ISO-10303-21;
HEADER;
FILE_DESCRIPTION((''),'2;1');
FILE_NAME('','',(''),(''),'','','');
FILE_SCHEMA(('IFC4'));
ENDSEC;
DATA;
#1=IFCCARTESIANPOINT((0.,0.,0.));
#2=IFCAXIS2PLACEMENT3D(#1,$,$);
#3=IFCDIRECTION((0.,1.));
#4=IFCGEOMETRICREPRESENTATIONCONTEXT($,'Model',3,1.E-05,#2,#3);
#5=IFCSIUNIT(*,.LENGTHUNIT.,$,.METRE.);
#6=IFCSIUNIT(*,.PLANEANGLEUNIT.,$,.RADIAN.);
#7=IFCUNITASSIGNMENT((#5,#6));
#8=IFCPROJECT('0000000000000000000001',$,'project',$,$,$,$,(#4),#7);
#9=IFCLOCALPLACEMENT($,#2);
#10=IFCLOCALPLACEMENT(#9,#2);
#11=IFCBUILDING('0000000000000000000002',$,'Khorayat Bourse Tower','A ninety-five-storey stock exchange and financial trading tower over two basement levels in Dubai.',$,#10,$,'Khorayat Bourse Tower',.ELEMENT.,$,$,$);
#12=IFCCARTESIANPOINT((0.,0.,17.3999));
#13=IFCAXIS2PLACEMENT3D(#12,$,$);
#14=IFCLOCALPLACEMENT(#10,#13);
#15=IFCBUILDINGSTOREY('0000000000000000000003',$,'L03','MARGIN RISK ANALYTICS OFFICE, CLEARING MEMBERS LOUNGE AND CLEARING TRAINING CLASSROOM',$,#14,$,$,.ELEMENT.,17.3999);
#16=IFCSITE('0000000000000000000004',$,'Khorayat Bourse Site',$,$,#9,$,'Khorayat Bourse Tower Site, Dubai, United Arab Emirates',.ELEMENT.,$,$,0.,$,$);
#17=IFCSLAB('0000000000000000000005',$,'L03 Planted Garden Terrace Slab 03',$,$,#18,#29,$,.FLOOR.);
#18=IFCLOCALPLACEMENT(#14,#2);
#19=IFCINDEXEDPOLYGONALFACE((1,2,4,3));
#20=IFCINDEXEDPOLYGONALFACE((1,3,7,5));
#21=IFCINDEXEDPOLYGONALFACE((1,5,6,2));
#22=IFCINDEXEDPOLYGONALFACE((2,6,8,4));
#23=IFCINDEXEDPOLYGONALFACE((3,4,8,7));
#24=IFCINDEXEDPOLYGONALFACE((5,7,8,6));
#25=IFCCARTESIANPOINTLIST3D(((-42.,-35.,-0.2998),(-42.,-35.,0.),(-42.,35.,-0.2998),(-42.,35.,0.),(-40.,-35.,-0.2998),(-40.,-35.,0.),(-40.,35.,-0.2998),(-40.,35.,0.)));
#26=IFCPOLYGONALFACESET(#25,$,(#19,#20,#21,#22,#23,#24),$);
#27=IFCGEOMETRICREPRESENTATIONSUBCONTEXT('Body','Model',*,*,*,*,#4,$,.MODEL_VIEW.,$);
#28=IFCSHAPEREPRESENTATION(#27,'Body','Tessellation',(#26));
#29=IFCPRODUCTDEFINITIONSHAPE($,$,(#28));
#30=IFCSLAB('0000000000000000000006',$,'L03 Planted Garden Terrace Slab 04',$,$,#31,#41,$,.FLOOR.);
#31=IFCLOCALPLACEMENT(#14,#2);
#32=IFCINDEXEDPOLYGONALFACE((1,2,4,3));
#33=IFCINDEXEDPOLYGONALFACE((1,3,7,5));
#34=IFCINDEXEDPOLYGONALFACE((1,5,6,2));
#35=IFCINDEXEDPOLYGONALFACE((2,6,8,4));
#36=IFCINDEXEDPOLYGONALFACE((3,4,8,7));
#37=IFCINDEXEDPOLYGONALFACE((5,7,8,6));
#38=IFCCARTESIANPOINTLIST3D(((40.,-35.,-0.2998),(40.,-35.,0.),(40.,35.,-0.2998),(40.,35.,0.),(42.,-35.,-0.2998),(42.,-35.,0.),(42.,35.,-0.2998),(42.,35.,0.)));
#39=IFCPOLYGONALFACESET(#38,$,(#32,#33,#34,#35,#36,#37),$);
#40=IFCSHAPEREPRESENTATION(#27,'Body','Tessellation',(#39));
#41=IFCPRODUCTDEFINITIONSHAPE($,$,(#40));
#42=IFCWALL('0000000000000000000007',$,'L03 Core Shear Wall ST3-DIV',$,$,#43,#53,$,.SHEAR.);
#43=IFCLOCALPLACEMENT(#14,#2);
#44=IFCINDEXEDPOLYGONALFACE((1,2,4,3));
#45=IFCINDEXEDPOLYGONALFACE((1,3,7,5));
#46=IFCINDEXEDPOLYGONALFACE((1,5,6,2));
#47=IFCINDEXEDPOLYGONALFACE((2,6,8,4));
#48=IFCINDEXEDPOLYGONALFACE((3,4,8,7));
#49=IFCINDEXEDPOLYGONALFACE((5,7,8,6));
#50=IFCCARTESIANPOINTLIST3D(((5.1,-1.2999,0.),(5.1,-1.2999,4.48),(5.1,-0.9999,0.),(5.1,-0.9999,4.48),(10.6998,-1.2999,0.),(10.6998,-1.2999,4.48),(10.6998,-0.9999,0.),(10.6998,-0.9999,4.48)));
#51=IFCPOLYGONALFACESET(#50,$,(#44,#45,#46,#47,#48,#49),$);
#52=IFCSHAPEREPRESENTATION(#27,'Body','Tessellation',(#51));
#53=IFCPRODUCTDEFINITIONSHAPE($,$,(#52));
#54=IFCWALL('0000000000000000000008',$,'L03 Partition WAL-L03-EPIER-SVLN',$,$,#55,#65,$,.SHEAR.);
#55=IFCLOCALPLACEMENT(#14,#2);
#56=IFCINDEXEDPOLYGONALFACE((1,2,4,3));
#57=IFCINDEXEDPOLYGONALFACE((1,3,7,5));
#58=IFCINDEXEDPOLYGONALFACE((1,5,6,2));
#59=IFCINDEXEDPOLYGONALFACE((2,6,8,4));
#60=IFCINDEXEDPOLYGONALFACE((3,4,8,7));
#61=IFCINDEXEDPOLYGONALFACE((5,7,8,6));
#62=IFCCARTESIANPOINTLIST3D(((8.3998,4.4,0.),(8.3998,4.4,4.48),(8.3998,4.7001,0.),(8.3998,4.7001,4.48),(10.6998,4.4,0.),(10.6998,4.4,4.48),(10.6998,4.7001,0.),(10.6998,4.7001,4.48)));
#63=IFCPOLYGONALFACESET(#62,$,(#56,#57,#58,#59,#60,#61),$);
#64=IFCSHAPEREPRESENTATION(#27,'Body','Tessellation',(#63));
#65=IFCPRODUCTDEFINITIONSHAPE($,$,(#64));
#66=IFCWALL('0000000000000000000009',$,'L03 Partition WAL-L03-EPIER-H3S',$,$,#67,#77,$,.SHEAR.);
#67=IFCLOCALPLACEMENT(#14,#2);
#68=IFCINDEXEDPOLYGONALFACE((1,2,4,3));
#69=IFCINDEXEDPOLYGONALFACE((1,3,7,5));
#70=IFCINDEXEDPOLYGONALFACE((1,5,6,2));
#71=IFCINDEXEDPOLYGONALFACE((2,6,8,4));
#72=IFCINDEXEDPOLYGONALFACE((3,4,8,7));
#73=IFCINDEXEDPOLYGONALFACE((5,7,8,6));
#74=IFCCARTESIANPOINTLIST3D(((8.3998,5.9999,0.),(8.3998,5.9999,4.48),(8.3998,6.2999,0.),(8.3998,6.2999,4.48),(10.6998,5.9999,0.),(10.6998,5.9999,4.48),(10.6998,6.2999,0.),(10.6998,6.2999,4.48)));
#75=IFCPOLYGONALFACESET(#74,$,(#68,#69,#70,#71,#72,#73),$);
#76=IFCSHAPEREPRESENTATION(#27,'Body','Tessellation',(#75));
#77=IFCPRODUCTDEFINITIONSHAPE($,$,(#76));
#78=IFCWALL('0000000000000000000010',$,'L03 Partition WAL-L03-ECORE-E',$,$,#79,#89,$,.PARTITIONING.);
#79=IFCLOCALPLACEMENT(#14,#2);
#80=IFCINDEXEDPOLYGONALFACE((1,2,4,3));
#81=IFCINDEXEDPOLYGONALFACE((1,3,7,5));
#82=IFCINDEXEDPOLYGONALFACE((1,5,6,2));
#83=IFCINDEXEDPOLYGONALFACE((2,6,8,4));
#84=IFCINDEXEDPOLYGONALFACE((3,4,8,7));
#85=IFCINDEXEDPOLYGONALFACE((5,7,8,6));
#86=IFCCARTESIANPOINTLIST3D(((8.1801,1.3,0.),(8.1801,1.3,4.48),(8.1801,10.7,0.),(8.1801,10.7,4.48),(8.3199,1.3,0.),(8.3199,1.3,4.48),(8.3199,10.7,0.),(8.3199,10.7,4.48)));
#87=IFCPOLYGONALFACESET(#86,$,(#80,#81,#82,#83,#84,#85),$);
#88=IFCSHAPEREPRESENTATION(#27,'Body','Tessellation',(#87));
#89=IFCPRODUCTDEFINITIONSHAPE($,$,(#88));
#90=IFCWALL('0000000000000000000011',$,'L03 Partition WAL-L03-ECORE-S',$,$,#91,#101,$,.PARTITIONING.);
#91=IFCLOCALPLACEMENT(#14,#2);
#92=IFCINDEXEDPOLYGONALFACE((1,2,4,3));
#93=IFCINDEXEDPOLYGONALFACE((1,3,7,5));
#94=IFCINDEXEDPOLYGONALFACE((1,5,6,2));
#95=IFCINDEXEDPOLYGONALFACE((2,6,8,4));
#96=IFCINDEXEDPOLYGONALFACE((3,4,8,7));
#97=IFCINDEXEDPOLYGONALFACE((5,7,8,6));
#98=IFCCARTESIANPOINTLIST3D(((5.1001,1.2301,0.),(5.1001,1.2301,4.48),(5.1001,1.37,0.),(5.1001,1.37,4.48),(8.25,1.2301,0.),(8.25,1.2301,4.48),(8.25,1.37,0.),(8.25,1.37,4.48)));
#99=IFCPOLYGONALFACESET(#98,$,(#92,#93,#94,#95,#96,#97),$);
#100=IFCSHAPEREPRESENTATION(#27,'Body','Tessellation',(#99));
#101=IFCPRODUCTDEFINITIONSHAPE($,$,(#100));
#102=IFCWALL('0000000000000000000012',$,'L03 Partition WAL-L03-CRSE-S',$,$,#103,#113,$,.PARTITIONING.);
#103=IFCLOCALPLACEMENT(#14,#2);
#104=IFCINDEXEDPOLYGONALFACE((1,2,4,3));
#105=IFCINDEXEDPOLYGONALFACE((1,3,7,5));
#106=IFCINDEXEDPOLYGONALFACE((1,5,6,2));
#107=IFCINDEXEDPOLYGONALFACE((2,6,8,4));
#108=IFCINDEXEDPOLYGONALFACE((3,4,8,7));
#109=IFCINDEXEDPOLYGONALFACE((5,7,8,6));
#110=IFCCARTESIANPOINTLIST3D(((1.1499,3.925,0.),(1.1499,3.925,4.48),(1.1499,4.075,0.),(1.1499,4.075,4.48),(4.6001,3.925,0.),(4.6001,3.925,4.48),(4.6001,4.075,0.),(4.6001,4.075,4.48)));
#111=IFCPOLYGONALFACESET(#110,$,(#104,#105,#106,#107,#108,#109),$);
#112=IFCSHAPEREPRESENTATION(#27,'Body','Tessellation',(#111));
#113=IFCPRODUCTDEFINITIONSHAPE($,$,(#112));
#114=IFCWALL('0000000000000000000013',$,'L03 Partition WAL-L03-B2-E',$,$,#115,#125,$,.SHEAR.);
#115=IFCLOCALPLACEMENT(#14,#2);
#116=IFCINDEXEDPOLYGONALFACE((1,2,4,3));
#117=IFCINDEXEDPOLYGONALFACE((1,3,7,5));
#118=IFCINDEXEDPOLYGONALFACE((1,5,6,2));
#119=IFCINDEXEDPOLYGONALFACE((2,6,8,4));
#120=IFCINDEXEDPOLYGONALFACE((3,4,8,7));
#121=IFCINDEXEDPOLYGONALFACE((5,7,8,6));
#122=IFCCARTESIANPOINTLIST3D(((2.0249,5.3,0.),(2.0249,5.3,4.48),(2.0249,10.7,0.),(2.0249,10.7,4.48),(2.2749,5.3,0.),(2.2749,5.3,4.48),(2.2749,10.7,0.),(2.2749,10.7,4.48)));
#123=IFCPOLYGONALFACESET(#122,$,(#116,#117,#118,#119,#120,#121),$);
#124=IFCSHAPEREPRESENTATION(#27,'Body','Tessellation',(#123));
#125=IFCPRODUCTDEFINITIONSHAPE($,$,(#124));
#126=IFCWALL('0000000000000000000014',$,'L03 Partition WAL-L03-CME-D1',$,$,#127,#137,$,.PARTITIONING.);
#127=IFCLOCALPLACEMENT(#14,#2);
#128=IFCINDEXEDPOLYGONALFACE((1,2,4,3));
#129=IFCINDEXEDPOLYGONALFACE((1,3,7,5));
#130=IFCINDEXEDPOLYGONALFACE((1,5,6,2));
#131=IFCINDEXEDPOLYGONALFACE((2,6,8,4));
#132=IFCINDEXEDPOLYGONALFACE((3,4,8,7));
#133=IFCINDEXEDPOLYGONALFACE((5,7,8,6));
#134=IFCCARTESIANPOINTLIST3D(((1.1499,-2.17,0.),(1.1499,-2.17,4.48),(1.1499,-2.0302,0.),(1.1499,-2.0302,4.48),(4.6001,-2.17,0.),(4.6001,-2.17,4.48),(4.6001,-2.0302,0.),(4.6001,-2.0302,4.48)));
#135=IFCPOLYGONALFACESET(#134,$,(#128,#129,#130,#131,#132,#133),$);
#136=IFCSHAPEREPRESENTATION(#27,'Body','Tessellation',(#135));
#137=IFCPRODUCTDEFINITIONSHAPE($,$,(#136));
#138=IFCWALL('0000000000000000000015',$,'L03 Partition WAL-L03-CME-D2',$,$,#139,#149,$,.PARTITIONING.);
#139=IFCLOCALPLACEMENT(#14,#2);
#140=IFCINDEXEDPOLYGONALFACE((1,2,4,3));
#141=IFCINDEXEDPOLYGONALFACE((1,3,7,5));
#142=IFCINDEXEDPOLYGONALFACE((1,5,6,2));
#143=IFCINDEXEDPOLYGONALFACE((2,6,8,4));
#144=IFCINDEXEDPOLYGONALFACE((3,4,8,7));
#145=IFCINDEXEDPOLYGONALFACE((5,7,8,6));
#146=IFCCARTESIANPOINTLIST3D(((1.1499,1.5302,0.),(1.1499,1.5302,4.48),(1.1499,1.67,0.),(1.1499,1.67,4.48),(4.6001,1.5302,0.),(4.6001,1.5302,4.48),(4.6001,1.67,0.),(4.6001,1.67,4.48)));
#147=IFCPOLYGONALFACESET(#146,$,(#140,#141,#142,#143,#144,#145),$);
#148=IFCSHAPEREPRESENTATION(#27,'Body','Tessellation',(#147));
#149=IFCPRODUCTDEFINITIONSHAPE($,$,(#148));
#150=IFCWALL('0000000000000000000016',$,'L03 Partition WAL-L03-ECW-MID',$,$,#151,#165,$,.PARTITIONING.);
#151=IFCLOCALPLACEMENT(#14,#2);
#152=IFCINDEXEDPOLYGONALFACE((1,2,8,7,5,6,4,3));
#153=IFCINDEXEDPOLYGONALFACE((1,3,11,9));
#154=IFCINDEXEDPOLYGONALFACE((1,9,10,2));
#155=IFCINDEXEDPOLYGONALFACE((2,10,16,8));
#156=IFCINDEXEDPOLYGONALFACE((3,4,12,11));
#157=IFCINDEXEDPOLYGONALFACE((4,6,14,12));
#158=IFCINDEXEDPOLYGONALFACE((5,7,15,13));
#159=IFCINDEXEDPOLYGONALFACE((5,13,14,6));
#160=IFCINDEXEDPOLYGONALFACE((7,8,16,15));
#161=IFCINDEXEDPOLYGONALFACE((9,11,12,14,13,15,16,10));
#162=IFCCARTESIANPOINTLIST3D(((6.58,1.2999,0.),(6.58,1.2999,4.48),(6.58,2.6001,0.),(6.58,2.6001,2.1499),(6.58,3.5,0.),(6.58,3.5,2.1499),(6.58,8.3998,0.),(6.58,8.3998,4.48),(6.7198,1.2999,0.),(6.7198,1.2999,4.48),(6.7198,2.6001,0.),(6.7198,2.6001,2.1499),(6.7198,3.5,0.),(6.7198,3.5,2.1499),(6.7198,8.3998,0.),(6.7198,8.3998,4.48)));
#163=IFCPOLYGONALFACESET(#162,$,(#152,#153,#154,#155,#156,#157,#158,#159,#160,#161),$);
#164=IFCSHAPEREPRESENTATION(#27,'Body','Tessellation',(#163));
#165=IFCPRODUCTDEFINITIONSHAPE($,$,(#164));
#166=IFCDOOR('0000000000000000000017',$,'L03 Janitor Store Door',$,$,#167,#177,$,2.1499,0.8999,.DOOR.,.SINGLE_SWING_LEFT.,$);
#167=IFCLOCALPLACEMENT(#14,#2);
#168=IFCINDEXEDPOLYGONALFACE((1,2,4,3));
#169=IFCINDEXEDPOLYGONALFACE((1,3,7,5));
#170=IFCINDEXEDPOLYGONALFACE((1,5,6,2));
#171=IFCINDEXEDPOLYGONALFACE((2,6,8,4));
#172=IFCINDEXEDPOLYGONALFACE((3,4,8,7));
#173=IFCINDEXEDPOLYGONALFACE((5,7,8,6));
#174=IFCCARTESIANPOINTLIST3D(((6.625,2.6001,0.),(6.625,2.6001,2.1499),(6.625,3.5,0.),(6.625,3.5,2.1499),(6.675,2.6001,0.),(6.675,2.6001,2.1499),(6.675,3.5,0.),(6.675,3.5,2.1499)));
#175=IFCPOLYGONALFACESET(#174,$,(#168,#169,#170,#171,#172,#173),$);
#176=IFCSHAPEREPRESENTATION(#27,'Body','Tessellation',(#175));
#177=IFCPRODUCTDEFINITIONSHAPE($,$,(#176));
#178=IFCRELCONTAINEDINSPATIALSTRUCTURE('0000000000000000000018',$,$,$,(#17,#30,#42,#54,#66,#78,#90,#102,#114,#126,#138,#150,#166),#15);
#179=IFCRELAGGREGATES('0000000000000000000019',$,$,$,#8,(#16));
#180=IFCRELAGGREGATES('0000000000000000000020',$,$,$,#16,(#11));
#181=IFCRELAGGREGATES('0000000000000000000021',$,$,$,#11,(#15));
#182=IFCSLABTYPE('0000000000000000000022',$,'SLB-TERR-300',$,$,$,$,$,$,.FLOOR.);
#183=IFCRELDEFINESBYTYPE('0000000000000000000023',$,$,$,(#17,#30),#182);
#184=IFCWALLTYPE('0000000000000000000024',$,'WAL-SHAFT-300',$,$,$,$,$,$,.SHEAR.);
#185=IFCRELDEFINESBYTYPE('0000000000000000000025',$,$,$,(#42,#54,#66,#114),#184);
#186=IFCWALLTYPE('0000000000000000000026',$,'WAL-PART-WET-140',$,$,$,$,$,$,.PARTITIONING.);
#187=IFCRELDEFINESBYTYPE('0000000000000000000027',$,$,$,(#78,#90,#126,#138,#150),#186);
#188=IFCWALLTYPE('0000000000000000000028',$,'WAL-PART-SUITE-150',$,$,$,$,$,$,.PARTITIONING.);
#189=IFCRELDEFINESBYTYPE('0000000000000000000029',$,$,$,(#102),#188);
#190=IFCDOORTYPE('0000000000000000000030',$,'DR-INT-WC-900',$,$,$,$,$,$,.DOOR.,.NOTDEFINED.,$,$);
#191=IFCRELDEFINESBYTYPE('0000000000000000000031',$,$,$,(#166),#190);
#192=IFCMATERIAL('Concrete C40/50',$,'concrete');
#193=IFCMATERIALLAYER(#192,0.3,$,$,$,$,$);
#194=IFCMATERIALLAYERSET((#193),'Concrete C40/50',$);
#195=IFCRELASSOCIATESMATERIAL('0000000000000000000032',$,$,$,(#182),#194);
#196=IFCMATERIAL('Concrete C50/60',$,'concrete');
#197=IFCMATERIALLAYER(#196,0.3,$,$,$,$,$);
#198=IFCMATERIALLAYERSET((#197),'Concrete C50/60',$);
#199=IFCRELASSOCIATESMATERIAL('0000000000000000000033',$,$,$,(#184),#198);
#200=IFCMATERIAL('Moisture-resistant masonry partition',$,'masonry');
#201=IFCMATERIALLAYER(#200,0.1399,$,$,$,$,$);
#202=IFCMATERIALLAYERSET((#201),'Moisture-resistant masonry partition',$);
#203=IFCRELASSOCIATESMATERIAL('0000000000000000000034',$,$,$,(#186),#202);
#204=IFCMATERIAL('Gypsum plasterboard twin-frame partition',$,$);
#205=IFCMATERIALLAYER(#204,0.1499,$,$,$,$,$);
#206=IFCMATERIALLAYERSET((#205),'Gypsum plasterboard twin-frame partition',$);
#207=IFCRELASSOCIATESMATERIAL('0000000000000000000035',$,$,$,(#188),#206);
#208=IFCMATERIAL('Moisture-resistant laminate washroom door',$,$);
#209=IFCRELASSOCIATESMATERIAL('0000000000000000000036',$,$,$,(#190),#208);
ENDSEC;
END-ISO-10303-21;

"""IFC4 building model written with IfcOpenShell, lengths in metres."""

from ifc_helpers import new_model, si_unit, direction, frame, frame_2d, origin, place, context, subcontext, project, spatial, polyline, rectangle, outline, extrude, source, transform, mapped, material, layer, layer_set, type_object, element, fill, save


model = new_model("IFC4")

# Units and contexts
model_context = context("Model", 3, precision=1e-05, world=origin(), true_north=direction((0.0, 1.0)))
body_context = subcontext(model_context, "Body", "Model", "MODEL_VIEW")
ifc_project = project(units=[si_unit("LENGTHUNIT", "METRE"), si_unit("PLANEANGLEUNIT", "RADIAN")], contexts=[model_context])

# Site, building, storey
site_placement = place(None, origin())
site = spatial("IfcSite", under=ifc_project, at=site_placement, Name="Khorayat Bourse Site", LongName="Khorayat Bourse Tower Site, Dubai, United Arab Emirates", CompositionType="ELEMENT", RefElevation=0.0)
building_placement = place(site_placement, origin())
building = spatial("IfcBuilding", under=site, at=building_placement, Name="Khorayat Bourse Tower", Description="A ninety-five-storey stock exchange and financial trading tower over two basement levels in Dubai.", LongName="Khorayat Bourse Tower", CompositionType="ELEMENT")
storey_placement = place(building_placement, frame((0.0, 0.0, 17.3999)))
storey = spatial("IfcBuildingStorey", under=building, at=storey_placement, Name="L03", Description="MARGIN RISK ANALYTICS OFFICE, CLEARING MEMBERS LOUNGE AND CLEARING TRAINING CLASSROOM", CompositionType="ELEMENT", Elevation=17.3999)

# Shared definitions
ifc_material_1 = material(Name="Concrete C40/50", Category="concrete")

# Slabs
ifc_layer_1 = layer(ifc_material_1, 0.3)
ifc_layer_set_1 = layer_set([ifc_layer_1], Name="Concrete C40/50")
slab_type_1 = type_object("IfcSlabType", Name="SLB-TERR-300", PredefinedType="FLOOR", material=ifc_layer_set_1)
slab_1_placement = place(storey_placement, frame((0.0, 0.0, -0.2998)))
element("IfcSlab", 1, at=slab_1_placement, inside=storey, type_object=slab_type_1, Name="L03 Planted Garden Terrace Slab 03", PredefinedType="FLOOR", context=body_context, shape_type="SweptSolid", body=[
    extrude(outline(polyline([(-42.0, -35.0), (-40.0, -35.0), (-40.0, 35.0), (-42.0, 35.0), (-42.0, -35.0)])), origin(), (0.0, 0.0, 1.0), 0.2998),
])
slab_2_placement = place(storey_placement, frame((0.0, 0.0, -0.2998)))
element("IfcSlab", 2, at=slab_2_placement, inside=storey, type_object=slab_type_1, Name="L03 Planted Garden Terrace Slab 04", PredefinedType="FLOOR", context=body_context, shape_type="SweptSolid", body=[
    extrude(outline(polyline([(40.0, -35.0), (42.0, -35.0), (42.0, 35.0), (40.0, 35.0), (40.0, -35.0)])), origin(), (0.0, 0.0, 1.0), 0.2998),
])

# Walls
ifc_material_2 = material(Name="Concrete C50/60", Category="concrete")
ifc_layer_2 = layer(ifc_material_2, 0.3)
ifc_layer_set_2 = layer_set([ifc_layer_2], Name="Concrete C50/60")
wall_type_1 = type_object("IfcWallType", Name="WAL-SHAFT-300", PredefinedType="SHEAR", material=ifc_layer_set_2)
shared_shape_1 = source(origin(), body_context, "Body", "SweptSolid", [
    extrude(rectangle(XDim=5.5999, YDim=0.3, at=frame_2d((2.7998, 0.0))), origin(), (0.0, 0.0, 1.0), 4.48),
])
wall_1_placement = place(storey_placement, frame((5.1001, -1.1499, 0.0), z_axis=(0.0, 0.0, 1.0), x_axis=(1.0, 0.0, 0.0)))
element("IfcWall", 3, at=wall_1_placement, inside=storey, type_object=wall_type_1, Name="L03 Core Shear Wall ST3-DIV", PredefinedType="SHEAR", context=body_context, shape_type="MappedRepresentation", body=[
    mapped(shared_shape_1, transform((0.0, 0.0, 0.0), scale=1.0)),
])
shared_shape_2 = source(origin(), body_context, "Body", "SweptSolid", [
    extrude(rectangle(XDim=2.3, YDim=0.3, at=frame_2d((1.1499, 0.0))), origin(), (0.0, 0.0, 1.0), 4.48),
])
for number, where, z_axis, x_axis, name in (
    (4, (8.3999, 4.55, 0.0), (0.0, 0.0, 1.0), (1.0, 0.0, 0.0), "L03 Partition WAL-L03-EPIER-SVLN"),
    (5, (8.3999, 6.1499, 0.0), (0.0, 0.0, 1.0), (1.0, 0.0, 0.0), "L03 Partition WAL-L03-EPIER-H3S"),
):
    element("IfcWall", number, at=place(storey_placement, frame(where, z_axis=z_axis, x_axis=x_axis)), inside=storey, type_object=wall_type_1, Name=name, PredefinedType="SHEAR", context=body_context, shape_type="MappedRepresentation", body=[
        mapped(shared_shape_2, transform((0.0, 0.0, 0.0), scale=1.0)),
    ])
ifc_material_3 = material(Name="Moisture-resistant masonry partition", Category="masonry")
ifc_layer_3 = layer(ifc_material_3, 0.1399)
ifc_layer_set_3 = layer_set([ifc_layer_3], Name="Moisture-resistant masonry partition")
wall_type_2 = type_object("IfcWallType", Name="WAL-PART-WET-140", PredefinedType="PARTITIONING", material=ifc_layer_set_3)
shared_shape_3 = source(origin(), body_context, "Body", "SweptSolid", [
    extrude(rectangle(XDim=9.3999, YDim=0.1399, at=frame_2d((4.7, 0.0))), origin(), (0.0, 0.0, 1.0), 4.48),
])
wall_2_placement = place(storey_placement, frame((8.25, 1.3, 0.0), z_axis=(0.0, 0.0, 1.0), x_axis=(0.0, 1.0, 0.0)))
element("IfcWall", 6, at=wall_2_placement, inside=storey, type_object=wall_type_2, Name="L03 Partition WAL-L03-ECORE-E", PredefinedType="PARTITIONING", context=body_context, shape_type="MappedRepresentation", body=[
    mapped(shared_shape_3, transform((0.0, 0.0, 0.0), scale=1.0)),
])
shared_shape_4 = source(origin(), body_context, "Body", "SweptSolid", [
    extrude(rectangle(XDim=3.1499, YDim=0.1399, at=frame_2d((1.575, 0.0))), origin(), (0.0, 0.0, 1.0), 4.48),
])
wall_3_placement = place(storey_placement, frame((5.1001, 1.3, 0.0), z_axis=(0.0, 0.0, 1.0), x_axis=(1.0, 0.0, 0.0)))
element("IfcWall", 7, at=wall_3_placement, inside=storey, type_object=wall_type_2, Name="L03 Partition WAL-L03-ECORE-S", PredefinedType="PARTITIONING", context=body_context, shape_type="MappedRepresentation", body=[
    mapped(shared_shape_4, transform((0.0, 0.0, 0.0), scale=1.0)),
])
ifc_material_4 = material(Name="Gypsum plasterboard twin-frame partition")
ifc_layer_4 = layer(ifc_material_4, 0.1499)
ifc_layer_set_4 = layer_set([ifc_layer_4], Name="Gypsum plasterboard twin-frame partition")
wall_type_3 = type_object("IfcWallType", Name="WAL-PART-SUITE-150", PredefinedType="PARTITIONING", material=ifc_layer_set_4)
shared_shape_5 = source(origin(), body_context, "Body", "SweptSolid", [
    extrude(rectangle(XDim=3.4502, YDim=0.1499, at=frame_2d((1.7251, 0.0))), origin(), (0.0, 0.0, 1.0), 4.48),
])
wall_4_placement = place(storey_placement, frame((1.1499, 4.0, 0.0), z_axis=(0.0, 0.0, 1.0), x_axis=(1.0, 0.0, 0.0)))
element("IfcWall", 8, at=wall_4_placement, inside=storey, type_object=wall_type_3, Name="L03 Partition WAL-L03-CRSE-S", PredefinedType="PARTITIONING", context=body_context, shape_type="MappedRepresentation", body=[
    mapped(shared_shape_5, transform((0.0, 0.0, 0.0), scale=1.0)),
])
shared_shape_6 = source(origin(), body_context, "Body", "SweptSolid", [
    extrude(rectangle(XDim=5.3999, YDim=0.25, at=frame_2d((2.7, 0.0))), origin(), (0.0, 0.0, 1.0), 4.48),
])
wall_5_placement = place(storey_placement, frame((2.1499, 5.3, 0.0), z_axis=(0.0, 0.0, 1.0), x_axis=(0.0, 1.0, 0.0)))
element("IfcWall", 9, at=wall_5_placement, inside=storey, type_object=wall_type_1, Name="L03 Partition WAL-L03-B2-E", PredefinedType="SHEAR", context=body_context, shape_type="MappedRepresentation", body=[
    mapped(shared_shape_6, transform((0.0, 0.0, 0.0), scale=1.0)),
])
shared_shape_7 = source(origin(), body_context, "Body", "SweptSolid", [
    extrude(rectangle(XDim=3.4502, YDim=0.1399, at=frame_2d((1.7251, 0.0))), origin(), (0.0, 0.0, 1.0), 4.48),
])
for number, where, z_axis, x_axis, name in (
    (10, (1.1499, -2.1001, 0.0), (0.0, 0.0, 1.0), (1.0, 0.0, 0.0), "L03 Partition WAL-L03-CME-D1"),
    (11, (1.1499, 1.6001, 0.0), (0.0, 0.0, 1.0), (1.0, 0.0, 0.0), "L03 Partition WAL-L03-CME-D2"),
):
    element("IfcWall", number, at=place(storey_placement, frame(where, z_axis=z_axis, x_axis=x_axis)), inside=storey, type_object=wall_type_2, Name=name, PredefinedType="PARTITIONING", context=body_context, shape_type="MappedRepresentation", body=[
        mapped(shared_shape_7, transform((0.0, 0.0, 0.0), scale=1.0)),
    ])

# Wall, opening, door
shared_shape_8 = source(origin(), body_context, "Body", "SweptSolid", [
    extrude(rectangle(XDim=7.0999, YDim=0.1399, at=frame_2d((3.5498, 0.0))), origin(), (0.0, 0.0, 1.0), 4.48),
])
wall_6_placement = place(storey_placement, frame((6.6499, 1.3, 0.0), z_axis=(0.0, 0.0, 1.0), x_axis=(0.0, 1.0, 0.0)))
wall_6 = element("IfcWall", 12, at=wall_6_placement, inside=storey, type_object=wall_type_2, Name="L03 Partition WAL-L03-ECW-MID", PredefinedType="PARTITIONING", context=body_context, shape_type="MappedRepresentation", body=[
    mapped(shared_shape_8, transform((0.0, 0.0, 0.0), scale=1.0)),
])
shared_shape_9 = source(origin(), body_context, "Body", "SweptSolid", [
    extrude(rectangle(XDim=0.8999, YDim=2.1499, at=frame_2d((0.45, 1.075))), frame((0.0, 0.0798, 0.0), z_axis=(0.0, -1.0, 0.0), x_axis=(1.0, 0.0, 0.0)), (0.0, 0.0, 1.0), 0.1599),
])
opening_placement = place(wall_6_placement, frame((1.3, 0.0, 0.0)))
opening = element("IfcOpeningElement", 13, at=opening_placement, cuts=wall_6, PredefinedType="OPENING", context=body_context, shape_type="MappedRepresentation", body=[
    mapped(shared_shape_9, transform((0.0, 0.0, 0.0), scale=1.0)),
])
ifc_material_5 = material(Name="Moisture-resistant laminate washroom door")
door_type = type_object("IfcDoorType", Name="DR-INT-WC-900", OperationType="NOTDEFINED", PredefinedType="DOOR", material=ifc_material_5)
shared_shape_10 = source(origin(), body_context, "Body", "SweptSolid", [
    extrude(rectangle(XDim=0.8999, YDim=2.1499, at=frame_2d((0.45, 1.075))), frame((0.0, 0.0249, 0.0), z_axis=(0.0, -1.0, 0.0), x_axis=(1.0, 0.0, 0.0)), (0.0, 0.0, 1.0), 0.05),
])
door_placement = place(opening_placement, origin())
door = element("IfcDoor", 14, at=door_placement, inside=storey, type_object=door_type, Name="L03 Janitor Store Door", OperationType="SINGLE_SWING_LEFT", OverallHeight=2.1499, OverallWidth=0.8999, PredefinedType="DOOR", context=body_context, shape_type="MappedRepresentation", body=[
    mapped(shared_shape_10, transform((0.0, 0.0, 0.0), scale=1.0)),
])
fill(opening, door)

save(model, "model.ifc")
